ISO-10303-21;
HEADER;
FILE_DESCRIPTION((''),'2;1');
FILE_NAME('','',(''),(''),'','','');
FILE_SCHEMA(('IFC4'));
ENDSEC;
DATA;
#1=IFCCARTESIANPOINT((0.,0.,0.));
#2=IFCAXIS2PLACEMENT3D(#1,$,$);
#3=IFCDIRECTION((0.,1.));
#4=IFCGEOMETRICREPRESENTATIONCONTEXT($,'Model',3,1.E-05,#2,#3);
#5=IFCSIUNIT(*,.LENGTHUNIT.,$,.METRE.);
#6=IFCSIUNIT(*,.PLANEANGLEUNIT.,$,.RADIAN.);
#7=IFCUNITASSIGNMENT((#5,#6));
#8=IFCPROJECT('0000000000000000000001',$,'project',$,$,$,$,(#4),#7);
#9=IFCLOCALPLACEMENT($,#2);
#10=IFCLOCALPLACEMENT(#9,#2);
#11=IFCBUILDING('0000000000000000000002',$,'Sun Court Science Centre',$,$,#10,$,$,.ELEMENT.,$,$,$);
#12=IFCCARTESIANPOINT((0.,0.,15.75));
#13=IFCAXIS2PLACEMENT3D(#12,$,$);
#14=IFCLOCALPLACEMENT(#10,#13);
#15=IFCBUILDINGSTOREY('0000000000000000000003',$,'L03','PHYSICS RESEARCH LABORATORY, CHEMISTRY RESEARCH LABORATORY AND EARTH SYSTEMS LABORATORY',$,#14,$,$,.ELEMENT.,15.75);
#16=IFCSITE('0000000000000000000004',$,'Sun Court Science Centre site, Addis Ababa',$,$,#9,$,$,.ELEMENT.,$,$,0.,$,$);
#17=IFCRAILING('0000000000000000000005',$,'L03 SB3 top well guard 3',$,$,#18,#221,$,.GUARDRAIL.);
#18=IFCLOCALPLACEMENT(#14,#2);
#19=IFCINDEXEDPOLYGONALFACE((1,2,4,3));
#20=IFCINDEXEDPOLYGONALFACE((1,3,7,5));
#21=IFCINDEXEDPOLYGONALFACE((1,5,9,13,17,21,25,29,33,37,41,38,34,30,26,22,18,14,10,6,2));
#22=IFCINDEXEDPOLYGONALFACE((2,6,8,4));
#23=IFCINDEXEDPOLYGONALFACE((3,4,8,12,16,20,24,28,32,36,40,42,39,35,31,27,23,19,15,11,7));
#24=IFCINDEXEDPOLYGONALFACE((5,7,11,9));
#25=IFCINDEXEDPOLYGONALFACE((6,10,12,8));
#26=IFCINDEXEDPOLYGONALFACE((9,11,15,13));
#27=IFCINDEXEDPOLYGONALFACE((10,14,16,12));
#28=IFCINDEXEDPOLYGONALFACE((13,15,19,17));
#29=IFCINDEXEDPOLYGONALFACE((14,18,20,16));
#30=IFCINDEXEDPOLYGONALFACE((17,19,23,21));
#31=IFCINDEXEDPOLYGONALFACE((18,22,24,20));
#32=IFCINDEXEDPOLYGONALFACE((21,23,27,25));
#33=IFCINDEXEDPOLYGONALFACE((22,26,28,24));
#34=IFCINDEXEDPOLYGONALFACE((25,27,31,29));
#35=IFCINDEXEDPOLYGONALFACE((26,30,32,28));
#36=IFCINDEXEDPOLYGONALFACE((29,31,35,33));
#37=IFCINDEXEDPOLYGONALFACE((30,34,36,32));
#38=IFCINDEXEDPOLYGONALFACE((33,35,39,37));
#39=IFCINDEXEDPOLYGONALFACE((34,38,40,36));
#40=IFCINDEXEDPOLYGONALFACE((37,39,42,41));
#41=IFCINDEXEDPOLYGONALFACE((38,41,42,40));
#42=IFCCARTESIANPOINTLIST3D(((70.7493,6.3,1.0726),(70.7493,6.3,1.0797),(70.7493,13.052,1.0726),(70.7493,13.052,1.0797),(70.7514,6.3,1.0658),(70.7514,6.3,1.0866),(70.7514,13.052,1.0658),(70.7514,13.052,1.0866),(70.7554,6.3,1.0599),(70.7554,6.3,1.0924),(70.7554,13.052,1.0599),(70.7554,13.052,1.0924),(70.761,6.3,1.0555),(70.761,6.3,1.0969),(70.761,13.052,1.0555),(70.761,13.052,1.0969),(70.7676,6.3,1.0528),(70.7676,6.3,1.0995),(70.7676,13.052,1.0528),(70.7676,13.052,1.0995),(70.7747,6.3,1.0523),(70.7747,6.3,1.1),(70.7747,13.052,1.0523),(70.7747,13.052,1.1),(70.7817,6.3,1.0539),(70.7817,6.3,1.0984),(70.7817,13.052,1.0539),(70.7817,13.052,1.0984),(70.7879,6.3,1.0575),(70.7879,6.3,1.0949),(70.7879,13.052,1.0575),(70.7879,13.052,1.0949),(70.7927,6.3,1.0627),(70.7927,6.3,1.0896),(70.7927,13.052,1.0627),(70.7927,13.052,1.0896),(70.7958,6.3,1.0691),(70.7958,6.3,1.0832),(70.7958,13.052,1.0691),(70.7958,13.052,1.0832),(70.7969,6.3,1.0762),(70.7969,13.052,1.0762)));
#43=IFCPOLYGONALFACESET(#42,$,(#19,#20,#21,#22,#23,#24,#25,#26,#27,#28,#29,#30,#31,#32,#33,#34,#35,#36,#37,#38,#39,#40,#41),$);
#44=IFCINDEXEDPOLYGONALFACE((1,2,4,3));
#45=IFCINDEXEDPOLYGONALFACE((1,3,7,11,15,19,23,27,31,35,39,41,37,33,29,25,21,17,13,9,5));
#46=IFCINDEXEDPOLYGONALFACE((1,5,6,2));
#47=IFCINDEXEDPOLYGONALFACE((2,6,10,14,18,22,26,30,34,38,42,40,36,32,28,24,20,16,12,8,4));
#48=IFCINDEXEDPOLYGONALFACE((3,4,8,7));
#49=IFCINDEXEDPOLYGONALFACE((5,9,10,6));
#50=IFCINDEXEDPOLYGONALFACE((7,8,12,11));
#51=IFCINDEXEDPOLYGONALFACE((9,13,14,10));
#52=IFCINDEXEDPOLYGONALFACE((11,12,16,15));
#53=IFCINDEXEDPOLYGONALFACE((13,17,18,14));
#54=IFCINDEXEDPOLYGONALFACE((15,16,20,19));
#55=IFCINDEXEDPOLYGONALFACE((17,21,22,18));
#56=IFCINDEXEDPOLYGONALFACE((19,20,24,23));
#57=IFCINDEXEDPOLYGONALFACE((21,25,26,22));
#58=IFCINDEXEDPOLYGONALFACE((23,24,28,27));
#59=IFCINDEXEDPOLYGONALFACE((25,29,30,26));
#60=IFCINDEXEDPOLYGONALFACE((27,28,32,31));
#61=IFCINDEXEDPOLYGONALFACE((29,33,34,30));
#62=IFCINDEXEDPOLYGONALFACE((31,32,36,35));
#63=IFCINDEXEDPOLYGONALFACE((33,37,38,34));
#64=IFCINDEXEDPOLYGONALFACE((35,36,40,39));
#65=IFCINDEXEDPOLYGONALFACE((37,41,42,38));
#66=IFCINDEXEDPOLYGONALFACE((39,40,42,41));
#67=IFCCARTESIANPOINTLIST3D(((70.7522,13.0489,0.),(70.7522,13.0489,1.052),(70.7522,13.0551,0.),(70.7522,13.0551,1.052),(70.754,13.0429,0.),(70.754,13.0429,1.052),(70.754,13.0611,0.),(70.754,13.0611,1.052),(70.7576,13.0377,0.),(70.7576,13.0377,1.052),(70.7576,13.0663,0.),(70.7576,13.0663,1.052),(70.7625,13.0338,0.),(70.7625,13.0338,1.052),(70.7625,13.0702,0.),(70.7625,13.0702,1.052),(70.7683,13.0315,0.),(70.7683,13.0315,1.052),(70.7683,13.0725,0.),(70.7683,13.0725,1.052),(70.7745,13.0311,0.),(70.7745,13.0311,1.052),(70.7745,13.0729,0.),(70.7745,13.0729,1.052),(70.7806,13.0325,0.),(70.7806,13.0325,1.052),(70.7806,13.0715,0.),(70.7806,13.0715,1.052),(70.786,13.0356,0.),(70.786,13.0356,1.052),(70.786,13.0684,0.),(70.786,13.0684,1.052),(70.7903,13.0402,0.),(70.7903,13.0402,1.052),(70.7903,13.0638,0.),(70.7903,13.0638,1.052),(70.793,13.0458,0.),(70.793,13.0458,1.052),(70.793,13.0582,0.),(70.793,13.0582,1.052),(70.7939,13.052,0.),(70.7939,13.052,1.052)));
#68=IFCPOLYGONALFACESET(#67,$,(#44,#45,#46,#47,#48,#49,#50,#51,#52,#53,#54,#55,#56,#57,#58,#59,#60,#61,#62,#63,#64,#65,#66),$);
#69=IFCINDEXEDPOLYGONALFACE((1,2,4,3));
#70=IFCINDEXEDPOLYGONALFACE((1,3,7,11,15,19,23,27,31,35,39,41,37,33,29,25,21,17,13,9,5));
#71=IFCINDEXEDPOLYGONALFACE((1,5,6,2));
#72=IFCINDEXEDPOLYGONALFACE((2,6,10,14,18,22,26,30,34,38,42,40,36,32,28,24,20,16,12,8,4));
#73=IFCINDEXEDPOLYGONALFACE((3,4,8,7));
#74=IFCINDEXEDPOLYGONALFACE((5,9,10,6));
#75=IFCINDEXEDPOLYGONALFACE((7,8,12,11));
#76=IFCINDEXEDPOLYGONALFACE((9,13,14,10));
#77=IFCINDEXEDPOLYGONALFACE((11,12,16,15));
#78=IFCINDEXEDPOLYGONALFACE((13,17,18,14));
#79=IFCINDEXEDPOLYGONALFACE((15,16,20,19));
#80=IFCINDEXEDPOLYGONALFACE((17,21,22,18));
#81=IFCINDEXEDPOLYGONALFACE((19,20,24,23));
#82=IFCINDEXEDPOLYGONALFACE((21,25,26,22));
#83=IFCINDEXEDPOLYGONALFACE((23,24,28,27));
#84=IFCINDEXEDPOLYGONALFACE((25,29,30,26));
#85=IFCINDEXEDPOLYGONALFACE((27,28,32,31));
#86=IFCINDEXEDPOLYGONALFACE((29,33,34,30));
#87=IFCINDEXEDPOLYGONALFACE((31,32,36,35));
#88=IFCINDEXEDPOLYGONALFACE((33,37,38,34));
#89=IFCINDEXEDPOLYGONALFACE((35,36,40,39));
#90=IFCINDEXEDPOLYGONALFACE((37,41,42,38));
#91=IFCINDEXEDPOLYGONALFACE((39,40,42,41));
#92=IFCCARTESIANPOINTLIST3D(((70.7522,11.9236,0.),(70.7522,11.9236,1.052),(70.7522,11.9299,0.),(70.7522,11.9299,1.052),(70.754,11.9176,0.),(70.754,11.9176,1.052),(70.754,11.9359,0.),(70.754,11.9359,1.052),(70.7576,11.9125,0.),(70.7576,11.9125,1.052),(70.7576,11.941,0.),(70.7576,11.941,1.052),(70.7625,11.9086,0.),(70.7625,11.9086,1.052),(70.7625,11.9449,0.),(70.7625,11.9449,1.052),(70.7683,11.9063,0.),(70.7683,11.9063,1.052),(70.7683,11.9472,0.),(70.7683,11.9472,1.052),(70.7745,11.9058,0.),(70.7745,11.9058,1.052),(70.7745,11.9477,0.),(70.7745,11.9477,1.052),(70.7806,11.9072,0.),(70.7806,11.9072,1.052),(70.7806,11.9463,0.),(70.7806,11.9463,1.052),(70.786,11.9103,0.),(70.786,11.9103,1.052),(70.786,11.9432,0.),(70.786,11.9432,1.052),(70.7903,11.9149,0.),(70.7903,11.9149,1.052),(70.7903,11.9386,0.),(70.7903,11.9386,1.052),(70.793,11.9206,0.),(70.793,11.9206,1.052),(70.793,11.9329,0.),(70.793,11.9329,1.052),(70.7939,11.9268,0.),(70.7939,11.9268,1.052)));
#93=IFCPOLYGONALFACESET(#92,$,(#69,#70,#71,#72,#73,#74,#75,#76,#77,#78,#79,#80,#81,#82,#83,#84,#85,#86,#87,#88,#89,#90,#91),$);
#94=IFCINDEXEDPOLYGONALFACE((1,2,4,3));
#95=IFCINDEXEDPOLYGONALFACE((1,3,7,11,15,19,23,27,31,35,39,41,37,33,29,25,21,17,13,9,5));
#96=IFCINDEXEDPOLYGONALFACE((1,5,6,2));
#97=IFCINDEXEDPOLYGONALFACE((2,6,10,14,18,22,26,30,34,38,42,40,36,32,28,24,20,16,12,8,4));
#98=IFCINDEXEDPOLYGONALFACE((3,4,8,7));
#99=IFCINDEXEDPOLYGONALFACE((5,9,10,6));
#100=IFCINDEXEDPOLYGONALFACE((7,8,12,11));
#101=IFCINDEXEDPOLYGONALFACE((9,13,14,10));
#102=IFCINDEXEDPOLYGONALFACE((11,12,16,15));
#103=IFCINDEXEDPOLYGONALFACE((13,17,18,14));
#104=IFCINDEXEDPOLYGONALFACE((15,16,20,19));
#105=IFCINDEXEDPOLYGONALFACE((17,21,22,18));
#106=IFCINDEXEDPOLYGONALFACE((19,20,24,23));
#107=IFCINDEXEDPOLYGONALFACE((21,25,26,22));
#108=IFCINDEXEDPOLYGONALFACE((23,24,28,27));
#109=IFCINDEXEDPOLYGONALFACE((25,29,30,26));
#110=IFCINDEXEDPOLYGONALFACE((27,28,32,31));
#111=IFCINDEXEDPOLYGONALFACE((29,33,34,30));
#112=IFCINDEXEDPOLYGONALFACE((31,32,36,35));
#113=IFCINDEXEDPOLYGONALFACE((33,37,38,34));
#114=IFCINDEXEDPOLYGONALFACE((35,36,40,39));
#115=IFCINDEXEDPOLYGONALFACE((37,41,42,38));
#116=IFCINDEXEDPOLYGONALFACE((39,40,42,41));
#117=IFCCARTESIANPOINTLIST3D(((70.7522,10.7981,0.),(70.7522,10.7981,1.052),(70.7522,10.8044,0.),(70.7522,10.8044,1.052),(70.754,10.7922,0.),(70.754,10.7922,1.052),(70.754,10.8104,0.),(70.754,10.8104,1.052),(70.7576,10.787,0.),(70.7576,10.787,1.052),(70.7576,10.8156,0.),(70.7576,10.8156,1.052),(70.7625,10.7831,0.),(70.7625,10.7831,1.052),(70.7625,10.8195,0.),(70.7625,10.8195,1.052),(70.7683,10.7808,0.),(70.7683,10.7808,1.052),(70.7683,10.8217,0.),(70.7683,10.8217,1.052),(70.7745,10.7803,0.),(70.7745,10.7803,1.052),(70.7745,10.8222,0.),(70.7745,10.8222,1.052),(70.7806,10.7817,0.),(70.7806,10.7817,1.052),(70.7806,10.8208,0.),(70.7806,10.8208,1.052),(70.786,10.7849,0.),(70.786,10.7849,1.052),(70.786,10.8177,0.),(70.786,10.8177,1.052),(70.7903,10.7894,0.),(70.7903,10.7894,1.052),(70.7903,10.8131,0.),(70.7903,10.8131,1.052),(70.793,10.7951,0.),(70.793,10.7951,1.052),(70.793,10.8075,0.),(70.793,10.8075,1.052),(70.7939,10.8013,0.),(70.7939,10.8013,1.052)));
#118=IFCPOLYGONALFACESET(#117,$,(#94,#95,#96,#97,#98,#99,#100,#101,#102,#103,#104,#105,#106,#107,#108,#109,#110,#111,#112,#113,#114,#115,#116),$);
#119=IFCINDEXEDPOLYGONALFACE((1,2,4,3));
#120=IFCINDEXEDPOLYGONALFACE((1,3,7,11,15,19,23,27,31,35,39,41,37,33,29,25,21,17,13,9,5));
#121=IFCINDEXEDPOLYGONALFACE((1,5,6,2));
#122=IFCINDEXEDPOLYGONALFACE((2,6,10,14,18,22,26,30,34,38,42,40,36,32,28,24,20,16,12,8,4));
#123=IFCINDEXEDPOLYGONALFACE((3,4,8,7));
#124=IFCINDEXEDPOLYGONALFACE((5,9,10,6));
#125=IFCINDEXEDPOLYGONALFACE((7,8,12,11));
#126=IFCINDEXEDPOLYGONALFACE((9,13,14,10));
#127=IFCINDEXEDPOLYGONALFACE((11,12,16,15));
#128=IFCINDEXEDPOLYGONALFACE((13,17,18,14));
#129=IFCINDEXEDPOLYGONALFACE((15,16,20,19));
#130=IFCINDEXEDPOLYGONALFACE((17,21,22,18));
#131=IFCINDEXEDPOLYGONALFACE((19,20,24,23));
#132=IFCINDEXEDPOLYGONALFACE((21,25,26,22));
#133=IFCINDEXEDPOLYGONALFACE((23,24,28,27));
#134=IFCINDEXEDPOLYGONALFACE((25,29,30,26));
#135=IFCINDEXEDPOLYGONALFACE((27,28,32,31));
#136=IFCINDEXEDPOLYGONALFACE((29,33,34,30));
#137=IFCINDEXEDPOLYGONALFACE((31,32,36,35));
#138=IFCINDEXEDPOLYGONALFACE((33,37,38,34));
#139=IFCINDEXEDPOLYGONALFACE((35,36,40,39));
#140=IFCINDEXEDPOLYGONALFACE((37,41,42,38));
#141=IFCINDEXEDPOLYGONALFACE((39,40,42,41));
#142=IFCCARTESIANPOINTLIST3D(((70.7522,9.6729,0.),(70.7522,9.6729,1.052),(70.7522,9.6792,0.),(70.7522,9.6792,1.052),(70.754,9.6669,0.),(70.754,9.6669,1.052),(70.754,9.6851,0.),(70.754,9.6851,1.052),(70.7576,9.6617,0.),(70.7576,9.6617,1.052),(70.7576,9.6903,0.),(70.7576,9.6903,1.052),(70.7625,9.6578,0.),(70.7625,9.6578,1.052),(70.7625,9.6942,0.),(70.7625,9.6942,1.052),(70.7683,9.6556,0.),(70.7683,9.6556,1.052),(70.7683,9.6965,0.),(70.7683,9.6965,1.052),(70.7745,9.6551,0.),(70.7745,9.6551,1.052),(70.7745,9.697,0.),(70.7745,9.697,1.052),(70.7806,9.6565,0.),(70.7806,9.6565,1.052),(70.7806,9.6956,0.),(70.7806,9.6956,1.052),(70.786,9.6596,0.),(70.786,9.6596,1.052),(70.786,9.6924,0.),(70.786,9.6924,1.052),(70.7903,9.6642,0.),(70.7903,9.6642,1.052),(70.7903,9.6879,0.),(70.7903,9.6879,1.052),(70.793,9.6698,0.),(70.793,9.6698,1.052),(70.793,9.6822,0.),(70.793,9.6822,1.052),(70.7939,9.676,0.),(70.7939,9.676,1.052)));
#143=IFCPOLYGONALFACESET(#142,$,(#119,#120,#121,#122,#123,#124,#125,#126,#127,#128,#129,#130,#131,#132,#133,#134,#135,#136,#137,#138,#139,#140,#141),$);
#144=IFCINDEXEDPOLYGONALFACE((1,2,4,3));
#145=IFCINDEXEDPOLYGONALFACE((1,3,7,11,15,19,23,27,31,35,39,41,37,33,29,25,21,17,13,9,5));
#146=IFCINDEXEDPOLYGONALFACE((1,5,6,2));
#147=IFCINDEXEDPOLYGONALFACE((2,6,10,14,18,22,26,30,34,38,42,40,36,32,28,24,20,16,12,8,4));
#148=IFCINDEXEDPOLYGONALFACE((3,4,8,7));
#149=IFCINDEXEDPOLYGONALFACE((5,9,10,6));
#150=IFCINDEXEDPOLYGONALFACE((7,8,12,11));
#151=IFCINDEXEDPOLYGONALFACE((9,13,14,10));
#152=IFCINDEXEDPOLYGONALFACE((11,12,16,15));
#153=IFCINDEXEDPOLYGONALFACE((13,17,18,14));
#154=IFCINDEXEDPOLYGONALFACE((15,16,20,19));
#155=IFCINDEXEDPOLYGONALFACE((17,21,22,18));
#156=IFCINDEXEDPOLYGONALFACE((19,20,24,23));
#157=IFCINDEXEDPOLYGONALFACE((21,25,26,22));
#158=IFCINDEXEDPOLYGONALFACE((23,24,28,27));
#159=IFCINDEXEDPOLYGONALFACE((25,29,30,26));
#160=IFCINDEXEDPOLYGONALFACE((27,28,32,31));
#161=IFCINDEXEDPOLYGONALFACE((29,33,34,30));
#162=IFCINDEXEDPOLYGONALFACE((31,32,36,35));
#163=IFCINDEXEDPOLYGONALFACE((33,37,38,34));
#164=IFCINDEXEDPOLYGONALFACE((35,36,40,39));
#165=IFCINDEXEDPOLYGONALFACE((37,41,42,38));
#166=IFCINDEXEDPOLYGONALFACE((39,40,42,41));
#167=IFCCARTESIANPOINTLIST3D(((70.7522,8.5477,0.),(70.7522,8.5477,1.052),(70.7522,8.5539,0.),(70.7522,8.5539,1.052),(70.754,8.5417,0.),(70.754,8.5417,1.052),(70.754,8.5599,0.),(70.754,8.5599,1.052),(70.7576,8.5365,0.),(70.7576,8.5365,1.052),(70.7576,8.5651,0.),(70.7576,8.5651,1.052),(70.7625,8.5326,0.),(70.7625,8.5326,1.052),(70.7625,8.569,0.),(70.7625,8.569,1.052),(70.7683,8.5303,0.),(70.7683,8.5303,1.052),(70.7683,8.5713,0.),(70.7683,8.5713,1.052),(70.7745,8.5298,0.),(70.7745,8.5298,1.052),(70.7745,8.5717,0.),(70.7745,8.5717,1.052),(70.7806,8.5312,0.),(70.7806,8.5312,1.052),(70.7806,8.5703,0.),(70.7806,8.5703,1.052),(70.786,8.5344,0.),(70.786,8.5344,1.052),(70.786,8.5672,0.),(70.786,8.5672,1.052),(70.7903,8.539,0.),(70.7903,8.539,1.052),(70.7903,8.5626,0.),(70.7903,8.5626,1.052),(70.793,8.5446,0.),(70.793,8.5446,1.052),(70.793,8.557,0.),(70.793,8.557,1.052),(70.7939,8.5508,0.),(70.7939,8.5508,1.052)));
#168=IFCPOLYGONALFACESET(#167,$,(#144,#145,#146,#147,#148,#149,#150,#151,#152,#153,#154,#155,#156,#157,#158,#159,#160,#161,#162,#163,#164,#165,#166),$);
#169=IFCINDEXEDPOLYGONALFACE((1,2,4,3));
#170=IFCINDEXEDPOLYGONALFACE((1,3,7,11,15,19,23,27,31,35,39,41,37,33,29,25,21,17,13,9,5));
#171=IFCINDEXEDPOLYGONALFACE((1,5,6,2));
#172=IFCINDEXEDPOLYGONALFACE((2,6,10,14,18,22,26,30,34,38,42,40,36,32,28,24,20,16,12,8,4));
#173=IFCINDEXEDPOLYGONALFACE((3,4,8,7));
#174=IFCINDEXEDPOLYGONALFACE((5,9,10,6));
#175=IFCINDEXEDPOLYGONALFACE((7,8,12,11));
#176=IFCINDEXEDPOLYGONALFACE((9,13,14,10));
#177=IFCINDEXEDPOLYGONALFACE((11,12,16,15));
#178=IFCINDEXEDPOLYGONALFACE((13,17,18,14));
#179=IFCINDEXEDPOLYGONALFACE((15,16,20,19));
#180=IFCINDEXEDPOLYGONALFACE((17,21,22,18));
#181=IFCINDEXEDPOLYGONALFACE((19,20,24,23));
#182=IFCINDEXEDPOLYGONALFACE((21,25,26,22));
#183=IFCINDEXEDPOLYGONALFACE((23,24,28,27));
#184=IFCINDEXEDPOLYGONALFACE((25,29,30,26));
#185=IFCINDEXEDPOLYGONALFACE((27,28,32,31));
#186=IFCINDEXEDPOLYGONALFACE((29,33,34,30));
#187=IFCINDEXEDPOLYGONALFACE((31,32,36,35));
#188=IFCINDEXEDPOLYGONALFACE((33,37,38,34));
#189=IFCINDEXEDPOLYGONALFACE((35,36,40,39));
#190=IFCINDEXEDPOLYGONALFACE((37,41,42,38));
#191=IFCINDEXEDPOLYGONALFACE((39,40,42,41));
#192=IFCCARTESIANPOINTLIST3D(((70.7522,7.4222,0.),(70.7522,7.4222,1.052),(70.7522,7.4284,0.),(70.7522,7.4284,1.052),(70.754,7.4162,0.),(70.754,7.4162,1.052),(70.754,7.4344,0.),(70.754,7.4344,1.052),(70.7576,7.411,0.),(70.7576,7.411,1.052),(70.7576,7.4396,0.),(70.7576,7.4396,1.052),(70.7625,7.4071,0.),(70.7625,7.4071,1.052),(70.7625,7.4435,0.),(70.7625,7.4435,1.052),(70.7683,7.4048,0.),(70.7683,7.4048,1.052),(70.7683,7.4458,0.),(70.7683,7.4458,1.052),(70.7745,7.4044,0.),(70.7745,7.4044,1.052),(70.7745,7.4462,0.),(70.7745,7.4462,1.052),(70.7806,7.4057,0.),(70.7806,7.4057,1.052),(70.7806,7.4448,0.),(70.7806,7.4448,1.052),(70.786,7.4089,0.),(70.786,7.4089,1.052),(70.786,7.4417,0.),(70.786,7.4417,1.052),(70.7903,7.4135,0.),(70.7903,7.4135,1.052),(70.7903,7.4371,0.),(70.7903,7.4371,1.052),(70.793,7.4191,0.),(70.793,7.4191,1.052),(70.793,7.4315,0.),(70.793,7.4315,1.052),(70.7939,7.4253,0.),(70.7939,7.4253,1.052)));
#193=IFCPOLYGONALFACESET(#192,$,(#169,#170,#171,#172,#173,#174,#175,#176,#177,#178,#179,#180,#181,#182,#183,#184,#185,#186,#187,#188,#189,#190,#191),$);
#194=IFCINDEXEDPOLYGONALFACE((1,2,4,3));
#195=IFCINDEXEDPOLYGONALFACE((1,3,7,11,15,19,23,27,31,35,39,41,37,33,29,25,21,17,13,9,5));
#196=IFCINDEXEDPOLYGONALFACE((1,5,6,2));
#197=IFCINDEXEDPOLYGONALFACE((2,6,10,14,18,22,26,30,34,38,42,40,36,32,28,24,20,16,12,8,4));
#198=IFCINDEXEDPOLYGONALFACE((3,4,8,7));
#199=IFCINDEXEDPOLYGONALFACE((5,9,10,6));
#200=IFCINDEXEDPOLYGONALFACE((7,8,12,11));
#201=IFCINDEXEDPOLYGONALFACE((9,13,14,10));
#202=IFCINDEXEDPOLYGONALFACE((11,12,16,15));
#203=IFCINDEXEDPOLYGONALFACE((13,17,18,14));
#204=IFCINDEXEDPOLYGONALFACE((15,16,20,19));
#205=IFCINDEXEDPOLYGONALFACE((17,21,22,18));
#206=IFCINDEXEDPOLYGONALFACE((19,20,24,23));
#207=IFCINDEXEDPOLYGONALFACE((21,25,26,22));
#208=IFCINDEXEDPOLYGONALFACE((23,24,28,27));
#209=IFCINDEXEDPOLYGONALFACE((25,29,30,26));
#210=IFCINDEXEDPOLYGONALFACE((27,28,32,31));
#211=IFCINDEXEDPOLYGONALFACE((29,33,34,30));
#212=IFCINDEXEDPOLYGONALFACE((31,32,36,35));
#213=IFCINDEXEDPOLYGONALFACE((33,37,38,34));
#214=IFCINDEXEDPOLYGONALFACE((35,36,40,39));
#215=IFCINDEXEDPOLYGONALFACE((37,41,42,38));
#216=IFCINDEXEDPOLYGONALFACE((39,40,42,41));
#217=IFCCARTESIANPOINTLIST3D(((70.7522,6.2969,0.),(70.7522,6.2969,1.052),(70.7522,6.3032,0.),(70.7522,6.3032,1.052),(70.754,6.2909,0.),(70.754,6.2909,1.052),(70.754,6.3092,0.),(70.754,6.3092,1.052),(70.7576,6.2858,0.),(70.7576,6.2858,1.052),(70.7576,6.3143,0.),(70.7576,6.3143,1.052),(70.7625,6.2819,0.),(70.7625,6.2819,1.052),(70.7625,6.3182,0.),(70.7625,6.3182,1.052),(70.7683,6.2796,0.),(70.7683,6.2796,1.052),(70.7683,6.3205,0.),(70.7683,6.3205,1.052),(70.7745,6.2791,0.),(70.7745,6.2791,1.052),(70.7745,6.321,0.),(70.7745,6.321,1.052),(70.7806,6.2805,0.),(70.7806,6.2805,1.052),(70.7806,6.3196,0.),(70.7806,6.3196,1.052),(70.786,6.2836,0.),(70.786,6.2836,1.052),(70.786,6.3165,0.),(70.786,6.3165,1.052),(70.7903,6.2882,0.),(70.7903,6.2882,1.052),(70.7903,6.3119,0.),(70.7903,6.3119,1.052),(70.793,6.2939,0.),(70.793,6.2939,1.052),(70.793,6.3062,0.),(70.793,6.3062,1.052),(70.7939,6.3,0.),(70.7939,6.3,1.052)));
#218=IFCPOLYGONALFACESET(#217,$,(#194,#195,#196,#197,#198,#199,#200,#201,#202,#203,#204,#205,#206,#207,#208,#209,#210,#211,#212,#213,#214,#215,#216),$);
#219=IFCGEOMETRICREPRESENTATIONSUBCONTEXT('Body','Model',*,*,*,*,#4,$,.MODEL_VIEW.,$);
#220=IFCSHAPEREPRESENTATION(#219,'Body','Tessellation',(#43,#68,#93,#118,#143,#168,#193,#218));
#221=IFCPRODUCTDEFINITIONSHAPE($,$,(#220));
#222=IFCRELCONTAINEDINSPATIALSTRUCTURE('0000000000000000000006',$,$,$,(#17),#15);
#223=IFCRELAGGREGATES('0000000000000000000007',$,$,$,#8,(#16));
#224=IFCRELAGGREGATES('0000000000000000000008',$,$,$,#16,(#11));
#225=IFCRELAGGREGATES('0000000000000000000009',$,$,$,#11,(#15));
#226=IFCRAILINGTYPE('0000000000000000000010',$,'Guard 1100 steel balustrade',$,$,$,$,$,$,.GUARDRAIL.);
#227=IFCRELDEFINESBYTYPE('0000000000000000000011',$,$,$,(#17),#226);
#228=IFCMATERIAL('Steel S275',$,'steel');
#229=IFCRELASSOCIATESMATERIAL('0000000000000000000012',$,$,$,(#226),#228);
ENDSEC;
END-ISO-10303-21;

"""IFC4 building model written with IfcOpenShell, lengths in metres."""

from ifc_helpers import new_model, si_unit, direction, frame, origin, origin_2d, place, context, subcontext, project, spatial, circle, extrude, material, type_object, element, save


model = new_model("IFC4")

# Units and contexts
model_context = context("Model", 3, precision=1e-05, world=origin(), true_north=direction((0.0, 1.0)))
body_context = subcontext(model_context, "Body", "Model", "MODEL_VIEW")
ifc_project = project(units=[si_unit("LENGTHUNIT", "METRE"), si_unit("PLANEANGLEUNIT", "RADIAN")], contexts=[model_context])

# Site, building, storey
site_placement = place(None, origin())
site = spatial("IfcSite", under=ifc_project, at=site_placement, Name="Sun Court Science Centre site, Addis Ababa", CompositionType="ELEMENT", RefElevation=0.0)
building_placement = place(site_placement, origin())
building = spatial("IfcBuilding", under=site, at=building_placement, Name="Sun Court Science Centre", CompositionType="ELEMENT")
storey_placement = place(building_placement, frame((0.0, 0.0, 15.75)))
storey = spatial("IfcBuildingStorey", under=building, at=storey_placement, Name="L03", Description="PHYSICS RESEARCH LABORATORY, CHEMISTRY RESEARCH LABORATORY AND EARTH SYSTEMS LABORATORY", CompositionType="ELEMENT", Elevation=15.75)

# Railing
ifc_material_1 = material(Name="Steel S275", Category="steel")
railing_type = type_object("IfcRailingType", Name="Guard 1100 steel balustrade", PredefinedType="GUARDRAIL", material=ifc_material_1)
railing_1_placement = place(storey_placement, frame((70.7729, 13.052, 0.0)))
element("IfcRailing", 1, at=railing_1_placement, inside=storey, type_object=railing_type, Name="L03 SB3 top well guard 3", PredefinedType="GUARDRAIL", context=body_context, shape_type="SweptSolid", body=[
    extrude(circle(Radius=0.0239, at=origin_2d()), frame((0.0, 0.0, 1.0762), z_axis=(0.0, -1.0, 0.0), x_axis=(1.0, 0.0, 0.0)), (0.0, 0.0, 1.0), 6.752),
    extrude(circle(Radius=0.021, at=origin_2d()), origin(), (0.0, 0.0, 1.0), 1.052),
    extrude(circle(Radius=0.021, at=origin_2d()), frame((0.0, -1.1252, 0.0)), (0.0, 0.0, 1.0), 1.052),
    extrude(circle(Radius=0.021, at=origin_2d()), frame((0.0, -2.2507, 0.0)), (0.0, 0.0, 1.0), 1.052),
    extrude(circle(Radius=0.021, at=origin_2d()), frame((0.0, -3.376, 0.0)), (0.0, 0.0, 1.0), 1.052),
    extrude(circle(Radius=0.021, at=origin_2d()), frame((0.0, -4.5012, 0.0)), (0.0, 0.0, 1.0), 1.052),
    extrude(circle(Radius=0.021, at=origin_2d()), frame((0.0, -5.6267, 0.0)), (0.0, 0.0, 1.0), 1.052),
    extrude(circle(Radius=0.021, at=origin_2d()), frame((0.0, -6.752, 0.0)), (0.0, 0.0, 1.0), 1.052),
])

save(model, "model.ifc")
